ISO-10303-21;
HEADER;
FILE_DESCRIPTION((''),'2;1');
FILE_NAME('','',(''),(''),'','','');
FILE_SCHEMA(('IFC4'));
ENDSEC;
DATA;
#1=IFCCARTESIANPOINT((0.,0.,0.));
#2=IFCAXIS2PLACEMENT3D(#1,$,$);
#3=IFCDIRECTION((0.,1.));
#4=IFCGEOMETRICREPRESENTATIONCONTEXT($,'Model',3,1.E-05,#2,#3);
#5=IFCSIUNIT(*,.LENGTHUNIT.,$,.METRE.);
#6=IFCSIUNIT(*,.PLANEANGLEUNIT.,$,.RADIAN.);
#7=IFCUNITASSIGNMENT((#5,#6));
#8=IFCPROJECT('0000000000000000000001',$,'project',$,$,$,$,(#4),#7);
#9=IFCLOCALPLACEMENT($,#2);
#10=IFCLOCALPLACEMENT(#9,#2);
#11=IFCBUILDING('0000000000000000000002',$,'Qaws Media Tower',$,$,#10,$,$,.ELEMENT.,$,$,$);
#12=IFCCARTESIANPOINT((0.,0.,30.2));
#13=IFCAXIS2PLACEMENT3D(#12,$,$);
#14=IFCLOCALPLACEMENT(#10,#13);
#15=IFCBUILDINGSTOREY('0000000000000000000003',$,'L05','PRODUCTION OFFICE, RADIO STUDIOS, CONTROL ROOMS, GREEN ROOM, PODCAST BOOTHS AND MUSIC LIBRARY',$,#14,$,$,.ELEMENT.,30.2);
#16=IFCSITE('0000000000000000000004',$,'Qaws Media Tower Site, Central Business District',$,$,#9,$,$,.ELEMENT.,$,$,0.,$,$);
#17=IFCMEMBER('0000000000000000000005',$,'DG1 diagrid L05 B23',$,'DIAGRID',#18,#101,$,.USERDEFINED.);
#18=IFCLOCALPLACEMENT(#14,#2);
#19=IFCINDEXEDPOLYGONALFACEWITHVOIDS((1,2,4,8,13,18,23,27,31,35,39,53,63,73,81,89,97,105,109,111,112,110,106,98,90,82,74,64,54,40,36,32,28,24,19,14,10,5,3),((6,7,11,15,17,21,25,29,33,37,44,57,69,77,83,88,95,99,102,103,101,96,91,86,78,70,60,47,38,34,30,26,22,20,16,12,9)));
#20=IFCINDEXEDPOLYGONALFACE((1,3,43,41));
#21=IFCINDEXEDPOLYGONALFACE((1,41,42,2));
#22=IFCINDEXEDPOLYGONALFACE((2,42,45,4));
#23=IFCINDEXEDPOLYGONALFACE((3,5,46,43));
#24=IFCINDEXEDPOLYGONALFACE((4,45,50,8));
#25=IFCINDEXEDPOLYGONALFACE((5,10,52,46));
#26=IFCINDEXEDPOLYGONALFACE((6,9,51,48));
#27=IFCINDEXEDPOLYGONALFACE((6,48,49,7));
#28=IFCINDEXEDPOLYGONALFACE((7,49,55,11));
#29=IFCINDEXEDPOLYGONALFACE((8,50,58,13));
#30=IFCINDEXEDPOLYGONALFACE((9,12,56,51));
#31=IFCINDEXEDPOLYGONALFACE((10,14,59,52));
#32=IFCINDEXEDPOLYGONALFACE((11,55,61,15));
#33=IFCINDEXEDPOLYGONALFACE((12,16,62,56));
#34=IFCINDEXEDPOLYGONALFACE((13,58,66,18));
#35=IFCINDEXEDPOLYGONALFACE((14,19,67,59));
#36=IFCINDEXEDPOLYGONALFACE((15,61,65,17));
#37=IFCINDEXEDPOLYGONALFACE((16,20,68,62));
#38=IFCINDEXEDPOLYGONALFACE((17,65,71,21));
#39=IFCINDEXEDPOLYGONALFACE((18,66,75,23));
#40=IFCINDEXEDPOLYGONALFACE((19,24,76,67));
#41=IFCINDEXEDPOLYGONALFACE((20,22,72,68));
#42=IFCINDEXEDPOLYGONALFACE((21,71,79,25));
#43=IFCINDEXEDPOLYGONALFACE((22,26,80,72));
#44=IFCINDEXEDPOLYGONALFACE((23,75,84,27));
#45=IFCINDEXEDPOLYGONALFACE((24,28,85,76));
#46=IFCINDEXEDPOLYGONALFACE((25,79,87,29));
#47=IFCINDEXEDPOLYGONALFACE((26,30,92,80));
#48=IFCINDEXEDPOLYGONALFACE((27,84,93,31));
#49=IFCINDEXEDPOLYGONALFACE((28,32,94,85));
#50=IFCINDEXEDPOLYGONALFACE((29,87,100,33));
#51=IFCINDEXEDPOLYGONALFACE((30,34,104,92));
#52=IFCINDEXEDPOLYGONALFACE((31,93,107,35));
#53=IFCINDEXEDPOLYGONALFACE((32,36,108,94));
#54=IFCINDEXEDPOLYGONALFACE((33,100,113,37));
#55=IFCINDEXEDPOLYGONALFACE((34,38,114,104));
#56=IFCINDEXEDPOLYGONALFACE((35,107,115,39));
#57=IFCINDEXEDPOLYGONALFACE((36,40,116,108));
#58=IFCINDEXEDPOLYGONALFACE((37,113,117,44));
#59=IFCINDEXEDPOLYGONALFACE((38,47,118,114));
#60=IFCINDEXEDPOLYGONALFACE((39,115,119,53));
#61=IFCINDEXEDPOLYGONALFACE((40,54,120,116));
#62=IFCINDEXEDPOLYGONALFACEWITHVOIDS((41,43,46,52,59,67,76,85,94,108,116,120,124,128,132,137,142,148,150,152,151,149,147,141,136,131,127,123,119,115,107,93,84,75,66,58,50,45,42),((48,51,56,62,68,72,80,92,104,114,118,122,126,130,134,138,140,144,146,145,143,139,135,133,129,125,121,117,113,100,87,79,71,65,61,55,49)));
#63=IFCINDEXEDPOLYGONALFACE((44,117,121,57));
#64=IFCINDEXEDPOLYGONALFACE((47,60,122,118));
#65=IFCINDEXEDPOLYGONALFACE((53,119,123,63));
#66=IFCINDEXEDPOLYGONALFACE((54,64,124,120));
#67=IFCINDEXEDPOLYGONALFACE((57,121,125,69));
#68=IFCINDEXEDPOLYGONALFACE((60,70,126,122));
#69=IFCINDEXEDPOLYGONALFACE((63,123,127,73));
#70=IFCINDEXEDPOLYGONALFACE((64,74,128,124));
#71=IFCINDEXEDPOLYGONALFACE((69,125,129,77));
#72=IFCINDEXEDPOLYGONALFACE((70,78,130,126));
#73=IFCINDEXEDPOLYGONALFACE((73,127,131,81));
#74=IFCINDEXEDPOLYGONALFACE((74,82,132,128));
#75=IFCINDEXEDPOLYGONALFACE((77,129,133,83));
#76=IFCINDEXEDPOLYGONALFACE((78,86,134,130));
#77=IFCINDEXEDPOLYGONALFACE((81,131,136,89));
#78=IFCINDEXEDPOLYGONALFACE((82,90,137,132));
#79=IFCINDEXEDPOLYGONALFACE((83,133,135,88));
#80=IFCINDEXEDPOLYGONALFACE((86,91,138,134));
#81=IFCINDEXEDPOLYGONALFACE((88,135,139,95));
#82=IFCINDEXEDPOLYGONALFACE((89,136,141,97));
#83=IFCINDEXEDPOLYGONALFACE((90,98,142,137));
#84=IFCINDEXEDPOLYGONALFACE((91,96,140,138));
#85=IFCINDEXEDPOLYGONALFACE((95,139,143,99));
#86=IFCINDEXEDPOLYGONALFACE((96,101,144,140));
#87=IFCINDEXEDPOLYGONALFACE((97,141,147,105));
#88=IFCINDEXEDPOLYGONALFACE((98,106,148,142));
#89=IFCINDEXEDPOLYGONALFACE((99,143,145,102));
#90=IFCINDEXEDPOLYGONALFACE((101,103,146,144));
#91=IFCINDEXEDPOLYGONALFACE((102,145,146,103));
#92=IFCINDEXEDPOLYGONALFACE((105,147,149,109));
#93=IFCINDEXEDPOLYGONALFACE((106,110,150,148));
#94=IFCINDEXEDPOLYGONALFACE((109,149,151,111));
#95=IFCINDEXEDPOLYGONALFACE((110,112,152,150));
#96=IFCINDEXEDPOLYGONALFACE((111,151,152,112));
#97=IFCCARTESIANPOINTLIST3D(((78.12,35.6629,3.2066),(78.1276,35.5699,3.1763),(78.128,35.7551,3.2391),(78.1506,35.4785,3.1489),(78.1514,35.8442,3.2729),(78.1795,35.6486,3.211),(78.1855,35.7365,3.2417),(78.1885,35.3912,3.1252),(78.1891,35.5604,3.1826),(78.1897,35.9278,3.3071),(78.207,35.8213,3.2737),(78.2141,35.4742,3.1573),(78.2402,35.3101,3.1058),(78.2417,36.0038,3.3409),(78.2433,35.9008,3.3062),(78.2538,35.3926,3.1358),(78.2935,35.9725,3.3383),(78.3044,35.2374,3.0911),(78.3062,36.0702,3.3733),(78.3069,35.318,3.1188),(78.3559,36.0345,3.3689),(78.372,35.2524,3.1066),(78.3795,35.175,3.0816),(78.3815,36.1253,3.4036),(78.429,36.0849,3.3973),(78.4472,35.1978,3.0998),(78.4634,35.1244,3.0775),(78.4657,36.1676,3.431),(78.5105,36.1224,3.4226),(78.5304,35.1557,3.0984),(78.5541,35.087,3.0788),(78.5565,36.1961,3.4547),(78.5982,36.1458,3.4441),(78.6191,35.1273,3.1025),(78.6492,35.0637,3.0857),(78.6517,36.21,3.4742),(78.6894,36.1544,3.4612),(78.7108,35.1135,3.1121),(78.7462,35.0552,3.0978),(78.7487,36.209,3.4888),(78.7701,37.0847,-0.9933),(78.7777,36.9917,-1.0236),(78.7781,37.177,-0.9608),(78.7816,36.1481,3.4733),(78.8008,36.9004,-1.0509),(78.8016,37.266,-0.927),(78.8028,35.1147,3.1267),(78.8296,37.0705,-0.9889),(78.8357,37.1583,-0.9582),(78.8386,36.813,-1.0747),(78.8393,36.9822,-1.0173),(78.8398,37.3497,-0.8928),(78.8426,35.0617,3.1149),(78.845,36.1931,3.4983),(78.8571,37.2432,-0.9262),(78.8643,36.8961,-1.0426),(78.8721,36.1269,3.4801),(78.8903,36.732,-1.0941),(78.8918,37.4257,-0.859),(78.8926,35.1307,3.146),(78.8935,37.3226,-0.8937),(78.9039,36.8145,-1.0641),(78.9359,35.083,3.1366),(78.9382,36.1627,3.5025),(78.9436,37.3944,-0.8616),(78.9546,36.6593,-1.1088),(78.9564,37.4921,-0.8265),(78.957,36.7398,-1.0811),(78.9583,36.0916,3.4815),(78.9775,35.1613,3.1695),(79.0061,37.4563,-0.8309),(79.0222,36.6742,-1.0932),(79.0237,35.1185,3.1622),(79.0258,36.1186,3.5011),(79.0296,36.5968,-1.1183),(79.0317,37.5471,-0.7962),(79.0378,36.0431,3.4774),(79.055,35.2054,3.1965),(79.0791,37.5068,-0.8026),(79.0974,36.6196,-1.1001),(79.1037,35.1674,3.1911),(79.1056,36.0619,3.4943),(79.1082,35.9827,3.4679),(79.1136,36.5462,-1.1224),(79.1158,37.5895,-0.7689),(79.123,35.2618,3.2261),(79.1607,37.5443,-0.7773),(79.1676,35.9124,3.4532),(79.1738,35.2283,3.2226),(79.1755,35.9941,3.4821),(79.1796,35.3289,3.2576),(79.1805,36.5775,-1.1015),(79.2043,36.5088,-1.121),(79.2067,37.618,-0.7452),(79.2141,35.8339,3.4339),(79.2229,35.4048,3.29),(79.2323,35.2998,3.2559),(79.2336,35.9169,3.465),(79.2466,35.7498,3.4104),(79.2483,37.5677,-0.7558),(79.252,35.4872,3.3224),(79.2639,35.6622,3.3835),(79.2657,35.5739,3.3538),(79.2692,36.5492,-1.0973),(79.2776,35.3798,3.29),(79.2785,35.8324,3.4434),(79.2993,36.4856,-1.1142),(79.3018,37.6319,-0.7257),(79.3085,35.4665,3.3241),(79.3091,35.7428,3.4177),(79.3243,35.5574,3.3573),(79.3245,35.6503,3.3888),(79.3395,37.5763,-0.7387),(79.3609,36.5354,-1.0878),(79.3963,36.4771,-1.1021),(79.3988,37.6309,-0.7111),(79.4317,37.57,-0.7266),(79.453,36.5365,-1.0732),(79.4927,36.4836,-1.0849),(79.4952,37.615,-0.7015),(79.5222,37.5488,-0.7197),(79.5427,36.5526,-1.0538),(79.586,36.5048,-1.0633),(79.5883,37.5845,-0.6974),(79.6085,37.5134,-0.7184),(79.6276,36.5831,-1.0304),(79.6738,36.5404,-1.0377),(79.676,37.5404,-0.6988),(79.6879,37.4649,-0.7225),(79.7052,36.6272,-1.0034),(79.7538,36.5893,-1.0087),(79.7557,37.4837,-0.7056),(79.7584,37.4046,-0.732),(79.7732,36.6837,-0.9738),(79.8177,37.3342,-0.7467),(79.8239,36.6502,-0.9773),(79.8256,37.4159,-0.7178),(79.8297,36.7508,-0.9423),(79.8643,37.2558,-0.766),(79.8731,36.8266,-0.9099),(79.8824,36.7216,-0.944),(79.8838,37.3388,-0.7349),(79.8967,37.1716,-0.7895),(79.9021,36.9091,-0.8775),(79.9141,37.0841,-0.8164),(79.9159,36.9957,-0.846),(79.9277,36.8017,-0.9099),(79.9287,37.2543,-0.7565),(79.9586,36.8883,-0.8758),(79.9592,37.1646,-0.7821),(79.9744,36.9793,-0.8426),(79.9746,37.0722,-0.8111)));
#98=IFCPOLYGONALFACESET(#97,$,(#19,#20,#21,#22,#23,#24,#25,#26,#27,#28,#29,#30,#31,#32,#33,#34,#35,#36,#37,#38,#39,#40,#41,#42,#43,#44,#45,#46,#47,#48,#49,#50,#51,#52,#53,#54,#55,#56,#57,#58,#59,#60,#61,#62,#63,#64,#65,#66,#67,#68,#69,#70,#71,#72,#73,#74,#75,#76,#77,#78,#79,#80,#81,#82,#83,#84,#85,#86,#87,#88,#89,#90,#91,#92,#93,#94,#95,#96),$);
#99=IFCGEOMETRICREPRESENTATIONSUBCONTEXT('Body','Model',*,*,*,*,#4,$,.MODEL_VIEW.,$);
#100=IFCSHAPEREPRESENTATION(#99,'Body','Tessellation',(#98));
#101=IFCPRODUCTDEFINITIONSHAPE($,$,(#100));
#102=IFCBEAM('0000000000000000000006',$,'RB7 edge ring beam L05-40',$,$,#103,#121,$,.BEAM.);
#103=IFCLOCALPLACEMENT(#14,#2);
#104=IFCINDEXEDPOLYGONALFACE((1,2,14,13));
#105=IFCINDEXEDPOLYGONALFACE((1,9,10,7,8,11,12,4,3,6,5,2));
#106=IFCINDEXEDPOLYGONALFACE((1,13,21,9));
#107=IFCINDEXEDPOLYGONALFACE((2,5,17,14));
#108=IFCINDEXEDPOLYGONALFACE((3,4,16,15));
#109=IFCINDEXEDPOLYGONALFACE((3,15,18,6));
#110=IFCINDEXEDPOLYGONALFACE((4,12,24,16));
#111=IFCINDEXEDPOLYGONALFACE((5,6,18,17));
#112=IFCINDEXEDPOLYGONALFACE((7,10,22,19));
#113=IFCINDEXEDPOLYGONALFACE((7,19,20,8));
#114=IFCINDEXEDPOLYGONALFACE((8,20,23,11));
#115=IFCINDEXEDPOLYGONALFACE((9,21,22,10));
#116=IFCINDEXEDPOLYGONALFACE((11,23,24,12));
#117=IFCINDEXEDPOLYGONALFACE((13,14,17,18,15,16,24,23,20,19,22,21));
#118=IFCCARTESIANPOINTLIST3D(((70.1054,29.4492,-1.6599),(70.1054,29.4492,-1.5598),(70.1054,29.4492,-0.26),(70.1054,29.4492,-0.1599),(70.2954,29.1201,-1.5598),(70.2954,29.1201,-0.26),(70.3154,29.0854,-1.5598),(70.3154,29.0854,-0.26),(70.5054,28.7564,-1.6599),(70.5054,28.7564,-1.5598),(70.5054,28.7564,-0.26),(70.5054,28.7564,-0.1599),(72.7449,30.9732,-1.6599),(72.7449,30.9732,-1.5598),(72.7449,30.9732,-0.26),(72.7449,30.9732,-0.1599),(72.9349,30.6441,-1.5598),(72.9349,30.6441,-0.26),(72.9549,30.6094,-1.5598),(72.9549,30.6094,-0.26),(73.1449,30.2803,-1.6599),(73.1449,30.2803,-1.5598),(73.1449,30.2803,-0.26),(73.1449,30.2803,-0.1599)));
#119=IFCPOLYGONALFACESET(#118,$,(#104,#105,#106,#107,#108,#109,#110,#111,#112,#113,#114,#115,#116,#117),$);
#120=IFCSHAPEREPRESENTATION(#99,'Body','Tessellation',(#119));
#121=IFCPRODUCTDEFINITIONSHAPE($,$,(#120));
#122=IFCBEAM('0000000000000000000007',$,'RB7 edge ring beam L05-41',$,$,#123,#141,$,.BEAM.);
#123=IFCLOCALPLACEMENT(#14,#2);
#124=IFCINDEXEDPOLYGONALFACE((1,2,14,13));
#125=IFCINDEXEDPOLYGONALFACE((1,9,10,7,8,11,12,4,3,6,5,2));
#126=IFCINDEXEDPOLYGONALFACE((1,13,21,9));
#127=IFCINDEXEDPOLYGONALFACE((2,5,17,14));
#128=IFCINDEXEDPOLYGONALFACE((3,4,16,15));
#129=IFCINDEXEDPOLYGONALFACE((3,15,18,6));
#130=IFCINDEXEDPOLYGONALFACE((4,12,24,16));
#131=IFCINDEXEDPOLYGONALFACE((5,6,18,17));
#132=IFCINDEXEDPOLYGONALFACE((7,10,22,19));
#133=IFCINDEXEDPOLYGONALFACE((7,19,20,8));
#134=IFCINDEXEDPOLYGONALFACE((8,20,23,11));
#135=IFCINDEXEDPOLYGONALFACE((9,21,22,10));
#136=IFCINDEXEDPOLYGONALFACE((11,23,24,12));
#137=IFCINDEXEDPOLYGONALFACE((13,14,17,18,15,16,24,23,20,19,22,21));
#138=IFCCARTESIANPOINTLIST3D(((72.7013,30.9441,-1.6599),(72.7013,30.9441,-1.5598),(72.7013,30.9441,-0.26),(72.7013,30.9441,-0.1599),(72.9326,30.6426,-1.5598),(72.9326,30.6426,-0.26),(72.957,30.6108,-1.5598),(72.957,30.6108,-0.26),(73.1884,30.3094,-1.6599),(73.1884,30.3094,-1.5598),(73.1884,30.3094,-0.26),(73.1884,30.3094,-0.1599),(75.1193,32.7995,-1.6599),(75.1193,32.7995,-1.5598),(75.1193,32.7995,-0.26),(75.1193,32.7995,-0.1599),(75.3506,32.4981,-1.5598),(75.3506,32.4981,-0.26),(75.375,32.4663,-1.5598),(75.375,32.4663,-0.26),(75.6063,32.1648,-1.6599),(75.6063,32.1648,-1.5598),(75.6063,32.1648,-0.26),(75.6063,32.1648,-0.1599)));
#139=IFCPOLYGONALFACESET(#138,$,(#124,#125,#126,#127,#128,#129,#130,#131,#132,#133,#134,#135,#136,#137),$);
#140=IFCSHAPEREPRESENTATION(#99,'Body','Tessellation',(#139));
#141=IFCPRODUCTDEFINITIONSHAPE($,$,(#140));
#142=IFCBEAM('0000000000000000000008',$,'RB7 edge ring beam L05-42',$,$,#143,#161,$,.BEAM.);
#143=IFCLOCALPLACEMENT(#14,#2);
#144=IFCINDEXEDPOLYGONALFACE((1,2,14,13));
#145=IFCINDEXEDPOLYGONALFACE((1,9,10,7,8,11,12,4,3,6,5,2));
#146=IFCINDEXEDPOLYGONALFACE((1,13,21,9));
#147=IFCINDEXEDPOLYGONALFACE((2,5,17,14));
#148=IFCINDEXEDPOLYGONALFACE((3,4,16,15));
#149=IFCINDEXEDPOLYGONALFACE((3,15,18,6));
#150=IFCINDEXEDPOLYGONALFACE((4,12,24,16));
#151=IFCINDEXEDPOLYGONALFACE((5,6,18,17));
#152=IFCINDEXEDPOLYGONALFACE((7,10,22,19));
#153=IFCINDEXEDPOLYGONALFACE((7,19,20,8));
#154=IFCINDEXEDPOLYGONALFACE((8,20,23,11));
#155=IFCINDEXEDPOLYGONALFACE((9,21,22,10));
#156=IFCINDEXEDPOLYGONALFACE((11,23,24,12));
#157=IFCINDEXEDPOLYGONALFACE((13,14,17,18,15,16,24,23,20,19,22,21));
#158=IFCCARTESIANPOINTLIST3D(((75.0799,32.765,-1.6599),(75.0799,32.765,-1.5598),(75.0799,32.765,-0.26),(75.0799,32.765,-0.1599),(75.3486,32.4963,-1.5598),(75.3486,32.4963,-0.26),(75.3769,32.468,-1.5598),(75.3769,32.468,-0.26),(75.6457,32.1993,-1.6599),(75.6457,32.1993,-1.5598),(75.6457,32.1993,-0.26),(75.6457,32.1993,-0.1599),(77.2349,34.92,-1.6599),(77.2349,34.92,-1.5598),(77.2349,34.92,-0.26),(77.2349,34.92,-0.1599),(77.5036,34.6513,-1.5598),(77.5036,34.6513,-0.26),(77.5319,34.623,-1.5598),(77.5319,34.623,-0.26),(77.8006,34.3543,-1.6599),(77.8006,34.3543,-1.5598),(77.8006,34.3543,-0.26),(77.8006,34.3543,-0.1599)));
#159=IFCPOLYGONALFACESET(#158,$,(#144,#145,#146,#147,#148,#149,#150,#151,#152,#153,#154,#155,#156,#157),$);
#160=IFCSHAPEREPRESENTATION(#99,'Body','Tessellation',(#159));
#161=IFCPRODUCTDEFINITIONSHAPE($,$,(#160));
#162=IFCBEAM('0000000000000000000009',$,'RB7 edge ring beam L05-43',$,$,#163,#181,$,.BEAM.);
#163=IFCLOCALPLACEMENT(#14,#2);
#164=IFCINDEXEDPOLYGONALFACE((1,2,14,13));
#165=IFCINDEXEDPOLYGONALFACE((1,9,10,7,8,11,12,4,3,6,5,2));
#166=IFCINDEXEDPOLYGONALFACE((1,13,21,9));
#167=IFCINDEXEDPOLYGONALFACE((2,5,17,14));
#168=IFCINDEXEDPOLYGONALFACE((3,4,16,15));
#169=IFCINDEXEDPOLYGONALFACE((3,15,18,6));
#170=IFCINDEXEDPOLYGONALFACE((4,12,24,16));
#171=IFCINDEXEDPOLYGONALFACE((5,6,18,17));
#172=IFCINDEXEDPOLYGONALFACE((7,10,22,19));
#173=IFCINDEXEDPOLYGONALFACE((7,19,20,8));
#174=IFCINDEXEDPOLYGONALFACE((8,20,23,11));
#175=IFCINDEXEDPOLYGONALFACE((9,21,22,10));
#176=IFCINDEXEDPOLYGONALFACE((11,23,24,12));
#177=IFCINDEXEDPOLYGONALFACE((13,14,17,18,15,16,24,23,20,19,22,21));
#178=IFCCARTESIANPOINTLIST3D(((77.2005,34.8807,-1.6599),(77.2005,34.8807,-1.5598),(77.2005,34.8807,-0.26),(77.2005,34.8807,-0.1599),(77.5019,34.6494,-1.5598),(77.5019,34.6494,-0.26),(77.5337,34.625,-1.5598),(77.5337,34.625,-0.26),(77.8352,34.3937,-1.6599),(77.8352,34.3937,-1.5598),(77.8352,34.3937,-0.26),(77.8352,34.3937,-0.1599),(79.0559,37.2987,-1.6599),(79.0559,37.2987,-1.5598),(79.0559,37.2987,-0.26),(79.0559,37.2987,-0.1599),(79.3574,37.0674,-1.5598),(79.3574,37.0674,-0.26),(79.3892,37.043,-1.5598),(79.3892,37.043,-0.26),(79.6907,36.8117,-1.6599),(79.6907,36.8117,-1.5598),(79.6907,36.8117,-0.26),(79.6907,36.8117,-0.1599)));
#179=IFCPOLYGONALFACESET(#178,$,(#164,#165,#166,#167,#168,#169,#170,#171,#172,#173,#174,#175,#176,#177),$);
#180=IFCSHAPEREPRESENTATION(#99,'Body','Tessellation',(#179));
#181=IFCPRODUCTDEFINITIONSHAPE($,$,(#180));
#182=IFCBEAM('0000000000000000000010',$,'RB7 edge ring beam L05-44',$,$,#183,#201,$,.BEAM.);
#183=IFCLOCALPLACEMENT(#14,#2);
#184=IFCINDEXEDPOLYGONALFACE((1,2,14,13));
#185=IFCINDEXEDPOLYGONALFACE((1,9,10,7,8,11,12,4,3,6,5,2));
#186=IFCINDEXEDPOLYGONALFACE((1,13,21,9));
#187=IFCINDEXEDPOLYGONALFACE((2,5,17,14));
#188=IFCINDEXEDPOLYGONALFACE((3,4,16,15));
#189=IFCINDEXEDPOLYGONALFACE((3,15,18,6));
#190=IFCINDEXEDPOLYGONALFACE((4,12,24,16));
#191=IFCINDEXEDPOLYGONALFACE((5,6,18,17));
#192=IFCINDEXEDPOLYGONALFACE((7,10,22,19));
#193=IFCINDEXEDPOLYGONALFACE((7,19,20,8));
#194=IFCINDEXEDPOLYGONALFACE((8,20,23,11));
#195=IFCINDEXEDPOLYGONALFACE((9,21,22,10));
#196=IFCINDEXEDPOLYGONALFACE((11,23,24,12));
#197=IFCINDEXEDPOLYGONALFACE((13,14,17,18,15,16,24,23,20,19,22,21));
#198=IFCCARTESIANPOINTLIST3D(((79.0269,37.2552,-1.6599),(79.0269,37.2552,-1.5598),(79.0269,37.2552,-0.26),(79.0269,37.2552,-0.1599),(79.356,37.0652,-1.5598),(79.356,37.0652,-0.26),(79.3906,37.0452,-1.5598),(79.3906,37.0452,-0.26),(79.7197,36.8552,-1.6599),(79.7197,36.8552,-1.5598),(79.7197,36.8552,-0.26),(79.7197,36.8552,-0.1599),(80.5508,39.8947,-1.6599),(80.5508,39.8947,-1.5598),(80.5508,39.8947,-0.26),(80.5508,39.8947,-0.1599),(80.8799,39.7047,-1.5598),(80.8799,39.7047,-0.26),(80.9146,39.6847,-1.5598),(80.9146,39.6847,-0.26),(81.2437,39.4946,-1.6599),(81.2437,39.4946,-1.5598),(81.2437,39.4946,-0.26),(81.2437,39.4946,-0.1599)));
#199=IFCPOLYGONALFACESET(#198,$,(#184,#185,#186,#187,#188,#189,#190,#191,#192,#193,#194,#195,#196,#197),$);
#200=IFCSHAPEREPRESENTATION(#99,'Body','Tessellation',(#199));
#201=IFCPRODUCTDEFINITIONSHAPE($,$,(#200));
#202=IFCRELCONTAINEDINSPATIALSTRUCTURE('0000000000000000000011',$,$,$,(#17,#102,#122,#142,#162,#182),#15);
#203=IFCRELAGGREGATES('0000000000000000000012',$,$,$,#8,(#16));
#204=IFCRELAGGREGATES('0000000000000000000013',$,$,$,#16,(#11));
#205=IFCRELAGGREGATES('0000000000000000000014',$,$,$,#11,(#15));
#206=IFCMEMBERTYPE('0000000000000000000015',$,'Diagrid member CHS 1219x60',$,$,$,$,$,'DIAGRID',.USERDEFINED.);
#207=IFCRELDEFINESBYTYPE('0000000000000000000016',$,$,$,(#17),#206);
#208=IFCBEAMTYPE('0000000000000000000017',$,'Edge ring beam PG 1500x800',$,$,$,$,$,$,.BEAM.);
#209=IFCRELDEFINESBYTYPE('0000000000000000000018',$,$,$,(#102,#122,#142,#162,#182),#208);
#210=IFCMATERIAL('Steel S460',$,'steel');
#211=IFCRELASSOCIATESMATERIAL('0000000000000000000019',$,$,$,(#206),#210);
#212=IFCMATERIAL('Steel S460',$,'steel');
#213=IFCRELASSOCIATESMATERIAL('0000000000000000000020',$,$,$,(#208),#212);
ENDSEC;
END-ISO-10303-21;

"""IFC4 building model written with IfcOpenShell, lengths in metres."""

from ifc_helpers import new_model, si_unit, direction, frame, origin, origin_2d, place, context, subcontext, project, spatial, hollow_circle, i_section, extrude, material, material_profile, profile_set, type_object, element, save


model = new_model("IFC4")

# Units and contexts
model_context = context("Model", 3, precision=1e-05, world=origin(), true_north=direction((0.0, 1.0)))
body_context = subcontext(model_context, "Body", "Model", "MODEL_VIEW")
ifc_project = project(units=[si_unit("LENGTHUNIT", "METRE"), si_unit("PLANEANGLEUNIT", "RADIAN")], contexts=[model_context])

# Site, building, storey
site_placement = place(None, origin())
site = spatial("IfcSite", under=ifc_project, at=site_placement, Name="Qaws Media Tower Site, Central Business District", CompositionType="ELEMENT", RefElevation=0.0)
building_placement = place(site_placement, origin())
building = spatial("IfcBuilding", under=site, at=building_placement, Name="Qaws Media Tower", CompositionType="ELEMENT")
storey_placement = place(building_placement, frame((0.0, 0.0, 30.2)))
storey = spatial("IfcBuildingStorey", under=building, at=storey_placement, Name="L05", Description="PRODUCTION OFFICE, RADIO STUDIOS, CONTROL ROOMS, GREEN ROOM, PODCAST BOOTHS AND MUSIC LIBRARY", CompositionType="ELEMENT", Elevation=30.2)

# Member
ifc_material_1 = material(Name="Steel S460", Category="steel")
ifc_material_profile_1 = material_profile(ifc_material_1, hollow_circle(Radius=0.6096, WallThickness=0.0601, at=origin_2d()), Name="CHS 1219x60")
ifc_profile_set_1 = profile_set([ifc_material_profile_1], Name="Steel S460")
member_type_1 = type_object("IfcMemberType", Name="Diagrid member CHS 1219x60", ElementType="DIAGRID", PredefinedType="USERDEFINED", material=ifc_profile_set_1)
member_1_placement = place(storey_placement, frame((79.3733, 37.0552, -0.9099), z_axis=(-0.145073, -0.317275, 0.937171), x_axis=(0.909439, -0.415837, 0.0)))
element("IfcMember", 1, at=member_1_placement, inside=storey, type_object=member_type_1, Name="DG1 diagrid L05 B23", ObjectType="DIAGRID", PredefinedType="USERDEFINED", context=body_context, shape_type="SweptSolid", body=[
    extrude(hollow_circle(Radius=0.6096, WallThickness=0.0601, at=origin_2d()), origin(), (0.0, 0.0, 1.0), 4.4814),
])

# Beams
ifc_material_2 = material(Name="Steel S460", Category="steel")
ifc_material_profile_2 = material_profile(ifc_material_2, i_section(OverallWidth=0.8, OverallDepth=1.5, WebThickness=0.04, FlangeThickness=0.1001, at=origin_2d()), Name="PG 1500x800")
ifc_profile_set_2 = profile_set([ifc_material_profile_2], Name="Steel S460")
beam_type = type_object("IfcBeamType", Name="Edge ring beam PG 1500x800", PredefinedType="BEAM", material=ifc_profile_set_2)
for number, where, z_axis, x_axis, name in (
    (2, (70.3054, 29.1028, -0.9099), (0.866016, 0.500016, 0.0), (-0.500016, 0.866016, 0.0), "RB7 edge ring beam L05-40"),
    (3, (72.9448, 30.6267, -0.9099), (0.793338, 0.608781, 0.0), (-0.608781, 0.793338, 0.0), "RB7 edge ring beam L05-41"),
):
    element("IfcBeam", number, at=place(storey_placement, frame(where, z_axis=z_axis, x_axis=x_axis)), inside=storey, type_object=beam_type, Name=name, PredefinedType="BEAM", context=body_context, shape_type="SweptSolid", body=[
        extrude(i_section(OverallWidth=0.8, OverallDepth=1.5, WebThickness=0.04, FlangeThickness=0.1001, at=origin_2d()), origin(), (0.0, 0.0, 1.0), 3.0479),
    ])
beam_placement = place(storey_placement, frame((75.3628, 32.4822, -0.9099), z_axis=(0.707107, 0.707107, 0.0), x_axis=(-0.707107, 0.707107, 0.0)))
element("IfcBeam", 4, at=beam_placement, inside=storey, type_object=beam_type, Name="RB7 edge ring beam L05-42", PredefinedType="BEAM", context=body_context, shape_type="SweptSolid", body=[
    extrude(i_section(OverallWidth=0.8, OverallDepth=1.5, WebThickness=0.04, FlangeThickness=0.1001, at=origin_2d()), origin(), (0.0, 0.0, 1.0), 3.0476),
])
for number, where, z_axis, x_axis, name in (
    (5, (77.5178, 34.6372, -0.9099), (0.608781, 0.793338, 0.0), (-0.793338, 0.608781, 0.0), "RB7 edge ring beam L05-43"),
    (6, (79.3733, 37.0552, -0.9099), (0.500016, 0.866016, 0.0), (-0.866016, 0.500016, 0.0), "RB7 edge ring beam L05-44"),
):
    element("IfcBeam", number, at=place(storey_placement, frame(where, z_axis=z_axis, x_axis=x_axis)), inside=storey, type_object=beam_type, Name=name, PredefinedType="BEAM", context=body_context, shape_type="SweptSolid", body=[
        extrude(i_section(OverallWidth=0.8, OverallDepth=1.5, WebThickness=0.04, FlangeThickness=0.1001, at=origin_2d()), origin(), (0.0, 0.0, 1.0), 3.0479),
    ])

save(model, "model.ifc")
